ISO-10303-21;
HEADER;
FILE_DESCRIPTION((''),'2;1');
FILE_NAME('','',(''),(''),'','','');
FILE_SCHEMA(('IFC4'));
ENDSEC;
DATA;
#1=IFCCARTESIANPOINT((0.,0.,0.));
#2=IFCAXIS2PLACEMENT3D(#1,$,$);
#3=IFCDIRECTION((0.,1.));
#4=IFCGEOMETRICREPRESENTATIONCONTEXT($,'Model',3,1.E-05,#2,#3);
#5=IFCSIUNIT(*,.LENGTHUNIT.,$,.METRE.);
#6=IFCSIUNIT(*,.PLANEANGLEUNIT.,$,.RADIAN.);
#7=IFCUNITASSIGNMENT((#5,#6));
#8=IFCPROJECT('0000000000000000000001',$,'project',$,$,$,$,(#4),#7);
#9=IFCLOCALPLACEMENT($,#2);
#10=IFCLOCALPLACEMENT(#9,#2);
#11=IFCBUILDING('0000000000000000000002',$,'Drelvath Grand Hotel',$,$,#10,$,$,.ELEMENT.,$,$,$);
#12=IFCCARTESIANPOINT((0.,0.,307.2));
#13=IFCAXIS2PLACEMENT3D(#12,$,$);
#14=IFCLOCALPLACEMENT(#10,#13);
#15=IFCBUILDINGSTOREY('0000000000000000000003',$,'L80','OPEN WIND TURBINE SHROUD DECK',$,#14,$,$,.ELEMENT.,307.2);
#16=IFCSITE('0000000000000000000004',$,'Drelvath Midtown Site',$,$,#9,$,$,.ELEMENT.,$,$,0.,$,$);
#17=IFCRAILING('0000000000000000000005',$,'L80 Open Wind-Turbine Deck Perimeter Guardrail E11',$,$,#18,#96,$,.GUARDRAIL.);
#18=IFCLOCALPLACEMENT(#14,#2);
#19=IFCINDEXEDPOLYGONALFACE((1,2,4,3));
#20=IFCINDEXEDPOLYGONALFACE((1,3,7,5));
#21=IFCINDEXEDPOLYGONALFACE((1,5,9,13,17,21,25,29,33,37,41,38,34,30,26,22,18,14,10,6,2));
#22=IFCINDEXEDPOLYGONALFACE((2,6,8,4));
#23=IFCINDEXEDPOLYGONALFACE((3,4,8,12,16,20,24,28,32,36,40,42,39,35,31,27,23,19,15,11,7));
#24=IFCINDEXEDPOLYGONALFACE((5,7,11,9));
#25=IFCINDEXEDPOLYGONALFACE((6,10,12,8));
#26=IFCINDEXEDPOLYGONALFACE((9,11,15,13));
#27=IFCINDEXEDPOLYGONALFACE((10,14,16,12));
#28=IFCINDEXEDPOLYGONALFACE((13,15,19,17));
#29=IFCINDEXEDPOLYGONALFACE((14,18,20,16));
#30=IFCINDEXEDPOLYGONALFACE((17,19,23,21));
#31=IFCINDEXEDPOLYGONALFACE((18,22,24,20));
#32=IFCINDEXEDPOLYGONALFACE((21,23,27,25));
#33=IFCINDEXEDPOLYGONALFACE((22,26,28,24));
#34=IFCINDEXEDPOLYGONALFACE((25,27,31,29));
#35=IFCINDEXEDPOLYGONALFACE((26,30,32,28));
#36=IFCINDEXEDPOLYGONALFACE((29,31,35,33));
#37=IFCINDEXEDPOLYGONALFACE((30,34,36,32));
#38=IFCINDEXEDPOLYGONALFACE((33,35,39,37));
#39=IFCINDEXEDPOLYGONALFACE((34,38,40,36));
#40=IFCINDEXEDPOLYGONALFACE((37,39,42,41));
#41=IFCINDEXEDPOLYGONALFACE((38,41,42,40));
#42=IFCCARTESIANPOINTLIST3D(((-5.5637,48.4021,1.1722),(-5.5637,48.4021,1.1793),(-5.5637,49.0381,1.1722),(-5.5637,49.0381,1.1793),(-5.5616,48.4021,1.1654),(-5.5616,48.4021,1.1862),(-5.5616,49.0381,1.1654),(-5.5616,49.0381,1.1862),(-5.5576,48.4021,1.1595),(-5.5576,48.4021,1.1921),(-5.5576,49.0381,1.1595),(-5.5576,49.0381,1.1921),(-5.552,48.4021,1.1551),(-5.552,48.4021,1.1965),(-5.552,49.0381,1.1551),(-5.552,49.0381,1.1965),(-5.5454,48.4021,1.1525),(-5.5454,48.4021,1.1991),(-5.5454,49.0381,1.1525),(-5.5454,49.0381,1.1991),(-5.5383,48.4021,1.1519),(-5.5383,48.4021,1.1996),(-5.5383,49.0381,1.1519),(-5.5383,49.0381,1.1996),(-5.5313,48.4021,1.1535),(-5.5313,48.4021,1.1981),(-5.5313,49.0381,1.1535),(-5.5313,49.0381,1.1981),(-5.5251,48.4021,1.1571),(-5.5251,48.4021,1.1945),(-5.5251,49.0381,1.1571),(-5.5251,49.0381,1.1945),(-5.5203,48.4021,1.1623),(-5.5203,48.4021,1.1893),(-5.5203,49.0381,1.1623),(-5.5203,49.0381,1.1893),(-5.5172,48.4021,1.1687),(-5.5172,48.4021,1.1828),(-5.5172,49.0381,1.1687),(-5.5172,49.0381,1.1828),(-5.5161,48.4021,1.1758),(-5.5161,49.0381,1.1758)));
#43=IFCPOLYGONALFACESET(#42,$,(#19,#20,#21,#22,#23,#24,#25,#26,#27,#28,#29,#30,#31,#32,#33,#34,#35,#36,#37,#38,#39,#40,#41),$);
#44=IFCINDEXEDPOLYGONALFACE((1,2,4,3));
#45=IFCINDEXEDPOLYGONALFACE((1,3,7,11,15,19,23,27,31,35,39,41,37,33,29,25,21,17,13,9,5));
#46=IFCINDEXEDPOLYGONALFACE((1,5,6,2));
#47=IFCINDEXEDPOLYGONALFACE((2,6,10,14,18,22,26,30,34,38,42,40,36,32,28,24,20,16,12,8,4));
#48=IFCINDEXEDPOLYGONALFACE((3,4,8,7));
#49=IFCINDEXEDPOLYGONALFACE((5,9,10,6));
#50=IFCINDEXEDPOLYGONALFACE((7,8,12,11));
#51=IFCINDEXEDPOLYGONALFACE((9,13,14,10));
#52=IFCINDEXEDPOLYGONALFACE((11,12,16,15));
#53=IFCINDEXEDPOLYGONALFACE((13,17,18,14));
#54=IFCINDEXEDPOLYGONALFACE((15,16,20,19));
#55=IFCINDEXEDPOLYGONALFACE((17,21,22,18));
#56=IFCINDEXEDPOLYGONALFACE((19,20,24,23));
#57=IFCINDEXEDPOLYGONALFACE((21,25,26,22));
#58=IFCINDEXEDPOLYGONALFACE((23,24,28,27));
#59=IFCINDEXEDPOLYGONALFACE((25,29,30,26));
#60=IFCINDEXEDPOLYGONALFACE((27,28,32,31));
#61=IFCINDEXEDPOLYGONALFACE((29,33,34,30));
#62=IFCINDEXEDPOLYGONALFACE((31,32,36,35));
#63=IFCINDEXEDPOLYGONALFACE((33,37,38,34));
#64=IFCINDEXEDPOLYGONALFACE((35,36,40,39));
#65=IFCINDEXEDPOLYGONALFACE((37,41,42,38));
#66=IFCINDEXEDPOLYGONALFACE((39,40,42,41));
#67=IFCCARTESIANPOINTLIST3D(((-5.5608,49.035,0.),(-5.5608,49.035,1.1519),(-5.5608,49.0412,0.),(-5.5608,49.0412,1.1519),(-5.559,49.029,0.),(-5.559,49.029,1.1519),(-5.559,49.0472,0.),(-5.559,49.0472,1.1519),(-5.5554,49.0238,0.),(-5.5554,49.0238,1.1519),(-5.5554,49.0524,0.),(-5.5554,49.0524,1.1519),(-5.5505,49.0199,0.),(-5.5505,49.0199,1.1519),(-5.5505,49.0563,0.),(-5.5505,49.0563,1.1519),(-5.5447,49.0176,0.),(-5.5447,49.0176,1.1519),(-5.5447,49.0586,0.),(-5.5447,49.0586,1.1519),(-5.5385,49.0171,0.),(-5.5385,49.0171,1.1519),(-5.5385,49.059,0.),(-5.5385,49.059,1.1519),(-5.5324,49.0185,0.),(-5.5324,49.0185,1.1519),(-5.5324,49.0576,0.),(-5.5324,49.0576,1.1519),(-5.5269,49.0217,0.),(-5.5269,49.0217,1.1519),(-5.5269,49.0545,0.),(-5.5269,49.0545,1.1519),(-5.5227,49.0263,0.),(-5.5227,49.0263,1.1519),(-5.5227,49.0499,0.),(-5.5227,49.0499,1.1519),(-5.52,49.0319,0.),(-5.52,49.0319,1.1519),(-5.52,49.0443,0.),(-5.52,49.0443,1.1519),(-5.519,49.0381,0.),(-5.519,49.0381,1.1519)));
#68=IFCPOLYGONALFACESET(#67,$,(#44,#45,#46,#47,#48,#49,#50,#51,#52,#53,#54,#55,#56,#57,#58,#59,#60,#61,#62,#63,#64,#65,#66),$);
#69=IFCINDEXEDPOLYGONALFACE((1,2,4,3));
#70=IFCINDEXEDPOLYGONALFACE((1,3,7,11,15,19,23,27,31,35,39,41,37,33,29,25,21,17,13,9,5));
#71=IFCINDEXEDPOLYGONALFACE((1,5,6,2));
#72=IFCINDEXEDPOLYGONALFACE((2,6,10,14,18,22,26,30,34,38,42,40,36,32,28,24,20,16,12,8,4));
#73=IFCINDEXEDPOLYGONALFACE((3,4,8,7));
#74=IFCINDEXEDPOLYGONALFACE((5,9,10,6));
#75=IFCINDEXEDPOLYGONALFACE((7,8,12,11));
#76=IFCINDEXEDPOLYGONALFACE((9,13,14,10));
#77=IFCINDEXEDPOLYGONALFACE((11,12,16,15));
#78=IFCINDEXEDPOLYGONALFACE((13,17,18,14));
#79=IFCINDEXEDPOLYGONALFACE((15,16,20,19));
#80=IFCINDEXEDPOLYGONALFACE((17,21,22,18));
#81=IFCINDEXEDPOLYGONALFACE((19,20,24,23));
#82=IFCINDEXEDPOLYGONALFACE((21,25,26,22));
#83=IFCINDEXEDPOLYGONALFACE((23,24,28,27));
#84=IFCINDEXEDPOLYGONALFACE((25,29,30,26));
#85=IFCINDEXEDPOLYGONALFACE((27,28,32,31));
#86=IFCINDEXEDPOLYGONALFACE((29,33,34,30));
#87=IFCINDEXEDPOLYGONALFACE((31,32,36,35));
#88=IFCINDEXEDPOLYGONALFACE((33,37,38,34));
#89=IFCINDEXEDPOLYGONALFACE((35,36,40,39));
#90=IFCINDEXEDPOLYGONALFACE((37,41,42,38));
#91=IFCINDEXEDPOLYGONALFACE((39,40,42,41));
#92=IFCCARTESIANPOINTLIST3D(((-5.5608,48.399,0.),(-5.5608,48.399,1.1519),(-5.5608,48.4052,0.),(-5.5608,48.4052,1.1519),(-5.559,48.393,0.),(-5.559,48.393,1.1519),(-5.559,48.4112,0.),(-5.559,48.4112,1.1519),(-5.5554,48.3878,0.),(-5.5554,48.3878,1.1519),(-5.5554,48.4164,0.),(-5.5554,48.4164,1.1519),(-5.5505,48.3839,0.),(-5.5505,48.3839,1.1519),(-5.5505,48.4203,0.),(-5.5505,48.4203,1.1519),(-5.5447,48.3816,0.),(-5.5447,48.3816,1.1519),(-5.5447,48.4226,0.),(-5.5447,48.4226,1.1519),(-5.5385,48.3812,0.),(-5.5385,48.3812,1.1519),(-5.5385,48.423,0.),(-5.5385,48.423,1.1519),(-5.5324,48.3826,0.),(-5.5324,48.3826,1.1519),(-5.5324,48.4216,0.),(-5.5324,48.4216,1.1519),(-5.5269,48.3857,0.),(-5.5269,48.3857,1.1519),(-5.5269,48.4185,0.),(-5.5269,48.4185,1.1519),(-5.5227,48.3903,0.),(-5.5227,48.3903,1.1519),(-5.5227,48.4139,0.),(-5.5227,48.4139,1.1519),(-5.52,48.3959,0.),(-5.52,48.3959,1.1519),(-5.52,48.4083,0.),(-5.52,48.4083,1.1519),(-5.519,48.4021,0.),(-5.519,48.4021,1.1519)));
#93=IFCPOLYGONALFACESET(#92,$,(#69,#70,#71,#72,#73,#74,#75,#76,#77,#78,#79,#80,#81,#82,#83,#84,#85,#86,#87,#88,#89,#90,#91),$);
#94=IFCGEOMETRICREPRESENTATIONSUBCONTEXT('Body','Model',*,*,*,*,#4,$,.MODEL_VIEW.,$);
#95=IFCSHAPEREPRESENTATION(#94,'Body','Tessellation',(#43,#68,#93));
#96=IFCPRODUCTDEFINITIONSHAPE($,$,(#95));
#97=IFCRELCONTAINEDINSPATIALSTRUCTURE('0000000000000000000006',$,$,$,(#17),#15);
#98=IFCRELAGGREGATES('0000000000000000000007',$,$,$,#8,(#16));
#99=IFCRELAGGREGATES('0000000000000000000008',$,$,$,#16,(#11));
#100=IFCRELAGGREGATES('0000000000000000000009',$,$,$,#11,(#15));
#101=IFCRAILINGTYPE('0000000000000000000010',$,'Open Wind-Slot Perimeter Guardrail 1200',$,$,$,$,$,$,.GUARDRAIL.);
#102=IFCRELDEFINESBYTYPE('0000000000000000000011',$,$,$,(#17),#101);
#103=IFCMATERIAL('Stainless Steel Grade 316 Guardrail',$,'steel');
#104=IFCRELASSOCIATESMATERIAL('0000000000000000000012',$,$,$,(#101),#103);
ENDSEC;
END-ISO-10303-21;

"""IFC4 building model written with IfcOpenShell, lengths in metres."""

from ifc_helpers import new_model, si_unit, direction, frame, origin, origin_2d, place, context, subcontext, project, spatial, circle, extrude, material, type_object, element, save


model = new_model("IFC4")

# Units and contexts
model_context = context("Model", 3, precision=1e-05, world=origin(), true_north=direction((0.0, 1.0)))
body_context = subcontext(model_context, "Body", "Model", "MODEL_VIEW")
ifc_project = project(units=[si_unit("LENGTHUNIT", "METRE"), si_unit("PLANEANGLEUNIT", "RADIAN")], contexts=[model_context])

# Site, building, storey
site_placement = place(None, origin())
site = spatial("IfcSite", under=ifc_project, at=site_placement, Name="Drelvath Midtown Site", CompositionType="ELEMENT", RefElevation=0.0)
building_placement = place(site_placement, origin())
building = spatial("IfcBuilding", under=site, at=building_placement, Name="Drelvath Grand Hotel", CompositionType="ELEMENT")
storey_placement = place(building_placement, frame((0.0, 0.0, 307.2)))
storey = spatial("IfcBuildingStorey", under=building, at=storey_placement, Name="L80", Description="OPEN WIND TURBINE SHROUD DECK", CompositionType="ELEMENT", Elevation=307.2)

# Railing
ifc_material_1 = material(Name="Stainless Steel Grade 316 Guardrail", Category="steel")
railing_type = type_object("IfcRailingType", Name="Open Wind-Slot Perimeter Guardrail 1200", PredefinedType="GUARDRAIL", material=ifc_material_1)
railing_1_placement = place(storey_placement, frame((-5.54, 49.0381, 0.0)))
element("IfcRailing", 1, at=railing_1_placement, inside=storey, type_object=railing_type, Name="L80 Open Wind-Turbine Deck Perimeter Guardrail E11", PredefinedType="GUARDRAIL", context=body_context, shape_type="SweptSolid", body=[
    extrude(circle(Radius=0.0239, at=origin_2d()), frame((0.0, 0.0, 1.1758), z_axis=(0.0, -1.0, 0.0), x_axis=(1.0, 0.0, 0.0)), (0.0, 0.0, 1.0), 0.636),
    extrude(circle(Radius=0.021, at=origin_2d()), origin(), (0.0, 0.0, 1.0), 1.1519),
    extrude(circle(Radius=0.021, at=origin_2d()), frame((0.0, -0.636, 0.0)), (0.0, 0.0, 1.0), 1.1519),
])

save(model, "model.ifc")
